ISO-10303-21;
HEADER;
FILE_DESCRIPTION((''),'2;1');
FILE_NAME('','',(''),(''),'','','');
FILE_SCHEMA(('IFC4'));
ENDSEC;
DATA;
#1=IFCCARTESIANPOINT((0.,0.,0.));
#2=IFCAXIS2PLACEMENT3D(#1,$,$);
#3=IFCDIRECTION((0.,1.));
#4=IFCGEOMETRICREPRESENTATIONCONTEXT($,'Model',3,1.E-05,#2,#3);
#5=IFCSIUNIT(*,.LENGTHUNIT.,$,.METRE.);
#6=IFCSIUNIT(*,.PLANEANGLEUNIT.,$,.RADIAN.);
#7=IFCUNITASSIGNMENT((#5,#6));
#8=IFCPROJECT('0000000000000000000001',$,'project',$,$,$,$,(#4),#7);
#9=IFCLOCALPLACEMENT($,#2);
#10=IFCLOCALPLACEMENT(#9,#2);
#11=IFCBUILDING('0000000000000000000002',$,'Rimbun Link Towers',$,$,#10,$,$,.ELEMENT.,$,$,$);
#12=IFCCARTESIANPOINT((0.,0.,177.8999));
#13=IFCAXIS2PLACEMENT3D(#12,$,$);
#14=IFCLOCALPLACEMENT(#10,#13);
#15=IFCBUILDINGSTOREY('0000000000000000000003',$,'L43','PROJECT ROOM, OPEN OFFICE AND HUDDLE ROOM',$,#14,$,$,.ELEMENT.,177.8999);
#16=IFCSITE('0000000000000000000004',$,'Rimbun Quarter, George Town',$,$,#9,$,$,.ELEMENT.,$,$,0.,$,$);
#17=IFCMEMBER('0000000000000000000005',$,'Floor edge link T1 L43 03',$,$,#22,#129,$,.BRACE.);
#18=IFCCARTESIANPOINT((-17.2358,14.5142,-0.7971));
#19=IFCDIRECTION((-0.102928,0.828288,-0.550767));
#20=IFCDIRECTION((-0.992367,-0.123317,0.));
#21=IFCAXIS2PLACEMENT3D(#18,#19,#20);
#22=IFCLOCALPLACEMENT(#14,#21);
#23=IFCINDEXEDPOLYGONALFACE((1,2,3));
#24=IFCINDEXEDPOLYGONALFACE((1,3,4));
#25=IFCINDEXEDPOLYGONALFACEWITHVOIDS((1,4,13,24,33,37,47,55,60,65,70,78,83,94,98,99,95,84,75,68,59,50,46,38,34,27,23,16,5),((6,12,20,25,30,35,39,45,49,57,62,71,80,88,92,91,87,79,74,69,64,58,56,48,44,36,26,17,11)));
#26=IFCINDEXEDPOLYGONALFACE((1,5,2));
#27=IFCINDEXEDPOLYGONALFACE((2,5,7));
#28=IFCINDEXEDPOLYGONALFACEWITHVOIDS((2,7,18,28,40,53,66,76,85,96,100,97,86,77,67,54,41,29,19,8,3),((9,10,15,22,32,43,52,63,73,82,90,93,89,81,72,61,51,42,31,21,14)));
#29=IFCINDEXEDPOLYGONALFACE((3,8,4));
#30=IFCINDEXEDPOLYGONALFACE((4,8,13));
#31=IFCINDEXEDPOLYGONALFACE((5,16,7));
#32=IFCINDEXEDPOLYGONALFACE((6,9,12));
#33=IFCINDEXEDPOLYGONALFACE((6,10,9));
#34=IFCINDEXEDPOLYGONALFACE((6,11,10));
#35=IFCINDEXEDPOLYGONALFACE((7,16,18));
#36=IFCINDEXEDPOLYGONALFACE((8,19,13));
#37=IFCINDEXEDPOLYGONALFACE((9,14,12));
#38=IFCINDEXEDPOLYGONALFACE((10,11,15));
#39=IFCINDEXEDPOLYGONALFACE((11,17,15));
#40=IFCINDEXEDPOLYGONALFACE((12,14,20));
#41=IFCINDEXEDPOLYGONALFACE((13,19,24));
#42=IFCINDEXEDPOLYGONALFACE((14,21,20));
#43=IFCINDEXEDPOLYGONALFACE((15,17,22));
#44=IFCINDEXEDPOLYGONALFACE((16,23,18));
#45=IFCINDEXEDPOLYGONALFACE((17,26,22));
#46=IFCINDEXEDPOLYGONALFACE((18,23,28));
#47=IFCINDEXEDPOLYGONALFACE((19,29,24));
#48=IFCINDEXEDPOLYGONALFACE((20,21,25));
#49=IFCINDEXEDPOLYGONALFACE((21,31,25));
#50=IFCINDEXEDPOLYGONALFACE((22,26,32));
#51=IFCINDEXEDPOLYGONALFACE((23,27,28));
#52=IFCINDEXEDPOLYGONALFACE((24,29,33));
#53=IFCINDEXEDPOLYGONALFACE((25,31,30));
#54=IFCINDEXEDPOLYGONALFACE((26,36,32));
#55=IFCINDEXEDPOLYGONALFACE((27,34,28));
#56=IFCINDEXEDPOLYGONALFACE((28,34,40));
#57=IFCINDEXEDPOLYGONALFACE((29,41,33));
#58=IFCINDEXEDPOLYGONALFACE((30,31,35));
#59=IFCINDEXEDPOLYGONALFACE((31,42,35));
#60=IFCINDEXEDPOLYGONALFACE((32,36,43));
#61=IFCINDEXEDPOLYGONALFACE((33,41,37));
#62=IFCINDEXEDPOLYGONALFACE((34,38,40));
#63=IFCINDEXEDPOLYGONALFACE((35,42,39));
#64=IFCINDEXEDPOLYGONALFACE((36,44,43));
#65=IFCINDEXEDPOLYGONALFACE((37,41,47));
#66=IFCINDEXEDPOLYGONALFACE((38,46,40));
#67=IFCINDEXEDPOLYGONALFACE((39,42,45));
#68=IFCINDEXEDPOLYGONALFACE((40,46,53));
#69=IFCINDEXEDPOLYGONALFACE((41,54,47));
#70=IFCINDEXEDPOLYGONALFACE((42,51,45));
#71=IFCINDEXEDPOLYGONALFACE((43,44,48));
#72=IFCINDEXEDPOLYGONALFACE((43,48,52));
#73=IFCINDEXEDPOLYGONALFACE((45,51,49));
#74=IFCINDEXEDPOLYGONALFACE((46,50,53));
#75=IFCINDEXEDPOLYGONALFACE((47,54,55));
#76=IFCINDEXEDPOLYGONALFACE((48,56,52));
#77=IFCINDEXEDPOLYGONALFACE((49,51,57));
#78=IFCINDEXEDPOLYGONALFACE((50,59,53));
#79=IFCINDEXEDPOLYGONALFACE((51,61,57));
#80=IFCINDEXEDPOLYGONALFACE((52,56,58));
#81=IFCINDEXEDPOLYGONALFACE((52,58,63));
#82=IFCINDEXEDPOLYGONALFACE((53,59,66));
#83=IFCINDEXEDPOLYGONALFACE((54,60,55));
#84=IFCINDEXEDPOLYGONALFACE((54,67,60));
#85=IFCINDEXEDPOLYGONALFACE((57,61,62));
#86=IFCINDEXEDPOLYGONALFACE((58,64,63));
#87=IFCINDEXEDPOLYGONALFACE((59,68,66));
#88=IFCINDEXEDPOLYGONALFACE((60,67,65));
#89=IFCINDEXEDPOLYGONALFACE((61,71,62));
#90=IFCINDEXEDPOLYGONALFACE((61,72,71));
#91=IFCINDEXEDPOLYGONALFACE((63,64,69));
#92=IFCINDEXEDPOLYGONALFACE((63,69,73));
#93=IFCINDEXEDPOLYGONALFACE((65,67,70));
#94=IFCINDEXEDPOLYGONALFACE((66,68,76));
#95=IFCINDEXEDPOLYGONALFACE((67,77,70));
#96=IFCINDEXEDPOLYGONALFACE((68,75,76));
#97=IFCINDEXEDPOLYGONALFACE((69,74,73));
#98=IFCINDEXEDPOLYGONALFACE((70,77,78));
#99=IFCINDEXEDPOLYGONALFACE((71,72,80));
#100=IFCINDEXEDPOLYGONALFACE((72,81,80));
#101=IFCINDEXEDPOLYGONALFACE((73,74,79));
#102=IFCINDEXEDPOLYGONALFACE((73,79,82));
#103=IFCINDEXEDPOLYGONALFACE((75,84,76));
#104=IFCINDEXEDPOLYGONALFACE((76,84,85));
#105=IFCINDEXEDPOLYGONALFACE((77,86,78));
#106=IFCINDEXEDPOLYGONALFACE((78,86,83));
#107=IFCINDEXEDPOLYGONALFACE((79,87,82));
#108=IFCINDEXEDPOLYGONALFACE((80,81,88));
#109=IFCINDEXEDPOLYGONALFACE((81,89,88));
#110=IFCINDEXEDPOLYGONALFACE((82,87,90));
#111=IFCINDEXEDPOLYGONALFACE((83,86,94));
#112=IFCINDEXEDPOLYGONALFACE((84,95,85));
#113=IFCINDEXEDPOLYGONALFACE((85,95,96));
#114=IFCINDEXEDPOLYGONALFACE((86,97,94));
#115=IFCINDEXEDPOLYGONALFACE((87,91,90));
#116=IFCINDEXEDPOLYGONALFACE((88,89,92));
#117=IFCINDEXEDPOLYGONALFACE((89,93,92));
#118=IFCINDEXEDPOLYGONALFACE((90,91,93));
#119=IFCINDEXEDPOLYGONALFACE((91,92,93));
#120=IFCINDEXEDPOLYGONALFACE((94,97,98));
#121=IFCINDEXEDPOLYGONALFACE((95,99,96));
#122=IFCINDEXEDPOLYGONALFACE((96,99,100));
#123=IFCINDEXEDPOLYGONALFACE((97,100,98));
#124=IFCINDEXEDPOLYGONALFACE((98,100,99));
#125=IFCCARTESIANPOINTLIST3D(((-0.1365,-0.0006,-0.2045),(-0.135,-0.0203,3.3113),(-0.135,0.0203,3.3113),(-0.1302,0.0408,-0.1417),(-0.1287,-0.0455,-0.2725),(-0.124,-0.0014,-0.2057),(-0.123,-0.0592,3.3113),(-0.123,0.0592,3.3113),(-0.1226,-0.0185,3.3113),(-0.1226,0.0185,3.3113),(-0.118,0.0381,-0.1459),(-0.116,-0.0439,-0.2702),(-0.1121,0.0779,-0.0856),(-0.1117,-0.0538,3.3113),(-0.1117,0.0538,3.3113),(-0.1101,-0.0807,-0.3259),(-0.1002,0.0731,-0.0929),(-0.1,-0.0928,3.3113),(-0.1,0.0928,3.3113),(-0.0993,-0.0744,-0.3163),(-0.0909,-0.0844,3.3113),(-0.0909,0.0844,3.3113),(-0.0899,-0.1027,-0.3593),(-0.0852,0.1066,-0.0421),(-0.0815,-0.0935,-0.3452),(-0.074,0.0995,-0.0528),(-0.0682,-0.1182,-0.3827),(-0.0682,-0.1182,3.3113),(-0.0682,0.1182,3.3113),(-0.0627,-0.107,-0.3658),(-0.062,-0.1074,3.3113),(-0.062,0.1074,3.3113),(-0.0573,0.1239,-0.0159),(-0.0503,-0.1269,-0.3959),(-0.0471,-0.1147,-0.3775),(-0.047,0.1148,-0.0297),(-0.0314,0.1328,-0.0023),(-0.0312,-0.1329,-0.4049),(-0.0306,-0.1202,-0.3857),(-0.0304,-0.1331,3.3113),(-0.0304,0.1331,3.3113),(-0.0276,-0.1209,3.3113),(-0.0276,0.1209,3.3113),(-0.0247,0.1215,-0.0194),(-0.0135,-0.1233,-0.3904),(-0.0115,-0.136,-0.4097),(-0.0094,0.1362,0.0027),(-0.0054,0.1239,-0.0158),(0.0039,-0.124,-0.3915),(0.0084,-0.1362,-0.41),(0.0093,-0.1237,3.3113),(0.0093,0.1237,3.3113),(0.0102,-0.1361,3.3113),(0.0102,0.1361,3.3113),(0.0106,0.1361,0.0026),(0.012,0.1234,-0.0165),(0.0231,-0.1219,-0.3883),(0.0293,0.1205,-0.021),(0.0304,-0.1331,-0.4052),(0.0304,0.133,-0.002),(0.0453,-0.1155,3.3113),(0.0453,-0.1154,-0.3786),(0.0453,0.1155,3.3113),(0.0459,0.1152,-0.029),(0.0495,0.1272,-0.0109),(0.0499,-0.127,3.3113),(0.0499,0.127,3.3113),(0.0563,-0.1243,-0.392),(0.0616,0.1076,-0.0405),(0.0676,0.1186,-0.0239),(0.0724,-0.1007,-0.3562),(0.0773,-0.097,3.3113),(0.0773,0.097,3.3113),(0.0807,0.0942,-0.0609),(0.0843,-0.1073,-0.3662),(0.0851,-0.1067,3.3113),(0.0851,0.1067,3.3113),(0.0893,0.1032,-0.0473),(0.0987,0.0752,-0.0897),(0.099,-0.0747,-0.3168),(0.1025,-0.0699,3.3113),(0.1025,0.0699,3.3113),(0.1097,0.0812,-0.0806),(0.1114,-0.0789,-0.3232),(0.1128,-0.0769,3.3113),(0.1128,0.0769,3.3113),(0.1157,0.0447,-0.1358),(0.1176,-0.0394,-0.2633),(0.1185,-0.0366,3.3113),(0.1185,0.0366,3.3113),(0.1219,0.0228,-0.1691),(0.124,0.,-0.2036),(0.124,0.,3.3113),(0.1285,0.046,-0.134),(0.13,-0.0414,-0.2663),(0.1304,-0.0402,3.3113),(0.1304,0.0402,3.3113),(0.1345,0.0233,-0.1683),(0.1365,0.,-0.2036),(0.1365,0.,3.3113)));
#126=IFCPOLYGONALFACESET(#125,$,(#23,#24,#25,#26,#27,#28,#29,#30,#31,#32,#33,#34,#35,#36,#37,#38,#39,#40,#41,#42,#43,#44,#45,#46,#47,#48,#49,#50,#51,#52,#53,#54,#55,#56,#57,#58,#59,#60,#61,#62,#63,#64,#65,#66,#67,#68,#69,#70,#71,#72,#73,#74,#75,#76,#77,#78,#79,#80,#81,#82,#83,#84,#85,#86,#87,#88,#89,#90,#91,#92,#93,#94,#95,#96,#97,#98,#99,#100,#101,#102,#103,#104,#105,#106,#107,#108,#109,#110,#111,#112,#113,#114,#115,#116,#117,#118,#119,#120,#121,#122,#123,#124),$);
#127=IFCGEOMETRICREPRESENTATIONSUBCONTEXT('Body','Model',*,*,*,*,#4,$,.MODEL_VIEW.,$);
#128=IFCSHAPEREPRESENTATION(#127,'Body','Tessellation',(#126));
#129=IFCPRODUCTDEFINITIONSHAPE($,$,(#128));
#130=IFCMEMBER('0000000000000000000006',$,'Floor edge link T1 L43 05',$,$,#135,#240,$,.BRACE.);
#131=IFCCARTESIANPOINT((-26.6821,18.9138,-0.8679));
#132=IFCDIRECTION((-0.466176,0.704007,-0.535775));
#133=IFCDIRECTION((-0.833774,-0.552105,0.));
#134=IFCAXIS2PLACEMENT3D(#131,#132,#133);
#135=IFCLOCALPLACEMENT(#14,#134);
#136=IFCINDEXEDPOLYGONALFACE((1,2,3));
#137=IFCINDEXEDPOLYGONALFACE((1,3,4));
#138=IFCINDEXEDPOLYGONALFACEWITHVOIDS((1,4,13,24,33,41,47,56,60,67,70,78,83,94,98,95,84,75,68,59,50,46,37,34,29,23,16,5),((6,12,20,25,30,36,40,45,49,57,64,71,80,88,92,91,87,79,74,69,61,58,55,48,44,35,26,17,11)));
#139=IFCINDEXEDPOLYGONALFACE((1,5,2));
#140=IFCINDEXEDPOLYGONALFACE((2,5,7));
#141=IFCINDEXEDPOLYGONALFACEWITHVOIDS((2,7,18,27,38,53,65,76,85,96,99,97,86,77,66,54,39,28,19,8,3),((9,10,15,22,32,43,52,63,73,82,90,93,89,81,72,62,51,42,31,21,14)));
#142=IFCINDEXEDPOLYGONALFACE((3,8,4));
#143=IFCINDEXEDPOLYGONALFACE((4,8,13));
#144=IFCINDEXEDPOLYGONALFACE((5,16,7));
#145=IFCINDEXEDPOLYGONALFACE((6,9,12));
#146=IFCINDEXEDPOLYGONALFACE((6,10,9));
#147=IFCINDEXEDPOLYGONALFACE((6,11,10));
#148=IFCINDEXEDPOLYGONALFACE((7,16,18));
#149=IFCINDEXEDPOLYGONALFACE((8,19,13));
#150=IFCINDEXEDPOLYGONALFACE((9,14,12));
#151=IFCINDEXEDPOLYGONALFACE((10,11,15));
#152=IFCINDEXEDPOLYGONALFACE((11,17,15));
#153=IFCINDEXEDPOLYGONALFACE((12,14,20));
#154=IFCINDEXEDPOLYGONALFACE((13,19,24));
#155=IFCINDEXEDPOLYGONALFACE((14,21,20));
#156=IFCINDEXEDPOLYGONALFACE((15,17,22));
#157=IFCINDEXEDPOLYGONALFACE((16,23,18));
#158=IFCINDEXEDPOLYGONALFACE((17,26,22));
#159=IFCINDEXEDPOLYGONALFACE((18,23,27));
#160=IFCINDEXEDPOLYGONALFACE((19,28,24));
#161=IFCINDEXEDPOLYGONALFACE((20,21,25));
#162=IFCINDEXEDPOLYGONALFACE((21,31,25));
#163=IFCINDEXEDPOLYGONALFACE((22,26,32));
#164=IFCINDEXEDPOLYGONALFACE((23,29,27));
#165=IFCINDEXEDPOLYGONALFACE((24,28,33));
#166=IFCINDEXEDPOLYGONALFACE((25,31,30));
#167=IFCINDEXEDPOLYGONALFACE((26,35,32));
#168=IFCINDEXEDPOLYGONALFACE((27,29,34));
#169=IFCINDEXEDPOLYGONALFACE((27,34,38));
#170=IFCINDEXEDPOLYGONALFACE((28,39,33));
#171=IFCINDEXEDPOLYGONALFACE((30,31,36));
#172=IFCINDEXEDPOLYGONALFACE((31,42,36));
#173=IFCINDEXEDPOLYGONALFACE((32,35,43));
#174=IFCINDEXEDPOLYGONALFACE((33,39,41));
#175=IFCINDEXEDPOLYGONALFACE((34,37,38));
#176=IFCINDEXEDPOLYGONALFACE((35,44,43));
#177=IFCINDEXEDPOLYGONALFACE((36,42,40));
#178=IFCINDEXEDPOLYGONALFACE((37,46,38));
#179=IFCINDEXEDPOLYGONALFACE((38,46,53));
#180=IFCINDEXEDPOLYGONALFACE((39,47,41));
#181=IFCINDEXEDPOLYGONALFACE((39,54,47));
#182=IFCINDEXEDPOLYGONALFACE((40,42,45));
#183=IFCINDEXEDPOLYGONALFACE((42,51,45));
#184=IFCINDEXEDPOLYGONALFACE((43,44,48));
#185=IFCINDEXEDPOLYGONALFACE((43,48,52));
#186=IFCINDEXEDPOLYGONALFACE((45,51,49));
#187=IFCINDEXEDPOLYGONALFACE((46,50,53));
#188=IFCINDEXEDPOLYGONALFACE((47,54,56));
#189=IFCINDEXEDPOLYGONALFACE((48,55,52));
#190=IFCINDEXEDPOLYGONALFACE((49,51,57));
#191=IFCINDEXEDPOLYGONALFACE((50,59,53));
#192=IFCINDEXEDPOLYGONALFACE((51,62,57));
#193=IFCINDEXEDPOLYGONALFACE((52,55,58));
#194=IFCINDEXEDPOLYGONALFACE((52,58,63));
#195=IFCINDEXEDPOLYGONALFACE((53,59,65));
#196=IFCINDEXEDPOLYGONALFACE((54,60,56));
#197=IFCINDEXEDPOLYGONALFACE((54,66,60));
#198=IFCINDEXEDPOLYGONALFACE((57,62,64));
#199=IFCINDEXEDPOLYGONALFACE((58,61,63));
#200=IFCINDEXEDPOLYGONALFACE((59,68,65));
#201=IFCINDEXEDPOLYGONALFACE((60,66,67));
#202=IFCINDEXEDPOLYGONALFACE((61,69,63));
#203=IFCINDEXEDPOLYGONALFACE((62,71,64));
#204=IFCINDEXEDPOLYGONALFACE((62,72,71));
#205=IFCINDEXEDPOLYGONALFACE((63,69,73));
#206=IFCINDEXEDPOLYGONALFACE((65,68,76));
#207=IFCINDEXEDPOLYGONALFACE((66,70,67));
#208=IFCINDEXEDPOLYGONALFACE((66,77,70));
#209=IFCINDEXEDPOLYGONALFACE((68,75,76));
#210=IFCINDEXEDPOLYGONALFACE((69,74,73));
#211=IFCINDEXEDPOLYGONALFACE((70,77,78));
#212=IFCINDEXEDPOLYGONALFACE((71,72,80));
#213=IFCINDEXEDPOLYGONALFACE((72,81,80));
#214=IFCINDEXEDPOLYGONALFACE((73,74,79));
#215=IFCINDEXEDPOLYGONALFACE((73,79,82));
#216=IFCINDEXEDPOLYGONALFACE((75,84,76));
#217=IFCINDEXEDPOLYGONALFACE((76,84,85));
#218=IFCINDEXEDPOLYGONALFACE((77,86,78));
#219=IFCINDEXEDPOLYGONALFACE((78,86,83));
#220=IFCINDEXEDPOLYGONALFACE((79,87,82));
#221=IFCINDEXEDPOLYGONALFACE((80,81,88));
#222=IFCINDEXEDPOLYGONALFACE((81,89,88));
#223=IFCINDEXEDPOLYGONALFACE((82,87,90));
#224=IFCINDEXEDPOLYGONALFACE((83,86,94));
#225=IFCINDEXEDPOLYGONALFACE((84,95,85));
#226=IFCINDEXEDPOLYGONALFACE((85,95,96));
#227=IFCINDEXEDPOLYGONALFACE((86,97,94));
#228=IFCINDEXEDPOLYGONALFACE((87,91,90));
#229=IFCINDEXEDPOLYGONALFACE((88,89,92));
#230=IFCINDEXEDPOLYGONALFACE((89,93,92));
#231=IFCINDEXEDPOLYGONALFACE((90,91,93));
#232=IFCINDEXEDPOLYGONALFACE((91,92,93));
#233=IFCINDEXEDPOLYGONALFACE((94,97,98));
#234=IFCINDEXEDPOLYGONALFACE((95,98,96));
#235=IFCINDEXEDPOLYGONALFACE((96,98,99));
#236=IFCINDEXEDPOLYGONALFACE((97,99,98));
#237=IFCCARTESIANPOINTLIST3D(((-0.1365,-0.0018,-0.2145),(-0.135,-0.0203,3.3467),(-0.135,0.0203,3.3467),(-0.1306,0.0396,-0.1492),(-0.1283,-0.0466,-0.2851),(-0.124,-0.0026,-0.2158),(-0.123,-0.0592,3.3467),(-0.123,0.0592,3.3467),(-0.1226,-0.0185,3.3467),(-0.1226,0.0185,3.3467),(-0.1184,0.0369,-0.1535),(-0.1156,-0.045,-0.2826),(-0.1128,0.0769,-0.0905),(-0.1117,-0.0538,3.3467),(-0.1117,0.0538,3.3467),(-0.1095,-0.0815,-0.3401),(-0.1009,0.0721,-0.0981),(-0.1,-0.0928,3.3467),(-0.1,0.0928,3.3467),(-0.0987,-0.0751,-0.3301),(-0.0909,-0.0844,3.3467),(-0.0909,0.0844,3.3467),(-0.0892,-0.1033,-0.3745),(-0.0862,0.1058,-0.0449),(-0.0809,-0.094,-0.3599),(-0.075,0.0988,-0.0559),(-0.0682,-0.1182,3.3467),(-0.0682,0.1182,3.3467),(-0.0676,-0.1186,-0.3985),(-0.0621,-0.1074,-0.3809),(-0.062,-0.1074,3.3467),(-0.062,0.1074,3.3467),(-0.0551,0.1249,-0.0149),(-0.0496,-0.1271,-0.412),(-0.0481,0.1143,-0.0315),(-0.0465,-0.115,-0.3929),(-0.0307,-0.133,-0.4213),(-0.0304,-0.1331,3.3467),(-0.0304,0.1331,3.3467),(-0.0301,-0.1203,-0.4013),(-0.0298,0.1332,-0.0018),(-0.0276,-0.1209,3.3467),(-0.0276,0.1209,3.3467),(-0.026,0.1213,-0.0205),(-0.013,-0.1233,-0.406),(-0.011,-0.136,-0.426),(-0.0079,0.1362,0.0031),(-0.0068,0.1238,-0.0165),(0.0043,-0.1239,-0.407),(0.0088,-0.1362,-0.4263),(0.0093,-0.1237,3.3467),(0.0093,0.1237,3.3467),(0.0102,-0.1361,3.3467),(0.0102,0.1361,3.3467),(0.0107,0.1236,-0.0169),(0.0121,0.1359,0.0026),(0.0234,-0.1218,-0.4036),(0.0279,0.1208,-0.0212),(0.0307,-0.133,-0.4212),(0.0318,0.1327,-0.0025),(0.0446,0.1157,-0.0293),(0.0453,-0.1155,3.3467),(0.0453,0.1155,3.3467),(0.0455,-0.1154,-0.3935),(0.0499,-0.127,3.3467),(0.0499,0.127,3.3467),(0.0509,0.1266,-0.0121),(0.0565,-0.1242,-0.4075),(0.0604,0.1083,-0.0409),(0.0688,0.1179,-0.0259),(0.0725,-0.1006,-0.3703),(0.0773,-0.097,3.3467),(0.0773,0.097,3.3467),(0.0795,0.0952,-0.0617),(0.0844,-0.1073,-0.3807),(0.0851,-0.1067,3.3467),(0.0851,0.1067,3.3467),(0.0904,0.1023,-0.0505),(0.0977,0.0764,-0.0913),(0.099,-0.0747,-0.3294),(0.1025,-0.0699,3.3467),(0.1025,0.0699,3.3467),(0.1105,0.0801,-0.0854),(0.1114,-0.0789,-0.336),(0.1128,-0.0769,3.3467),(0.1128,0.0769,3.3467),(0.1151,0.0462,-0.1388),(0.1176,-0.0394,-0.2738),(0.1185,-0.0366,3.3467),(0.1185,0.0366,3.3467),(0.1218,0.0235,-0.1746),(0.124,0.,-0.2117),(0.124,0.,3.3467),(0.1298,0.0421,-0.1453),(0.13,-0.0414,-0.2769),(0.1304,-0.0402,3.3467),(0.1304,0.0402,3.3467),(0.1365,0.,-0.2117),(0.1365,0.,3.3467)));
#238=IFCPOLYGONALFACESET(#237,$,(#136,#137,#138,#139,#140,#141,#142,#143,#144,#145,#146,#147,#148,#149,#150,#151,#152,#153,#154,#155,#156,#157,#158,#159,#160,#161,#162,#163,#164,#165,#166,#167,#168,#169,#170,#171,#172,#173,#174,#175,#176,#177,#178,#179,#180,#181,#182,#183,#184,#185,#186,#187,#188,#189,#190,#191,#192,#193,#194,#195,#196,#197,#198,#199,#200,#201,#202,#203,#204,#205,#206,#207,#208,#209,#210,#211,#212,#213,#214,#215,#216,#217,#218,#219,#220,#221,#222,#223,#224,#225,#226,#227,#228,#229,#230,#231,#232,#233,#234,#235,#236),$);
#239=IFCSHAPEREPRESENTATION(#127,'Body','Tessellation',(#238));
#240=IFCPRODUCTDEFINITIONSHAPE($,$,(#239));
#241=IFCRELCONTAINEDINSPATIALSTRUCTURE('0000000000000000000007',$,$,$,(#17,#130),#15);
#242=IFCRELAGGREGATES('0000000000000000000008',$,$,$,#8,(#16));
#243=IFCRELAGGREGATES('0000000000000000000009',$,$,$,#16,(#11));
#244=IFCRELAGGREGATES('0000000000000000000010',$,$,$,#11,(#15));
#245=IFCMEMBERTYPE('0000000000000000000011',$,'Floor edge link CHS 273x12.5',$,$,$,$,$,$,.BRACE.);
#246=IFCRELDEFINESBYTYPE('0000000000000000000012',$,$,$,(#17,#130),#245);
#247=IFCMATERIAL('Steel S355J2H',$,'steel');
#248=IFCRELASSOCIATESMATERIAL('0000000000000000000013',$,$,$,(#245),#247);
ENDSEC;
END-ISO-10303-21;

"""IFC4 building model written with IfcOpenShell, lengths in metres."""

from ifc_helpers import new_model, si_unit, direction, frame, origin, origin_2d, place, context, subcontext, project, spatial, hollow_circle, extrude, clip, halfspace, material, material_profile, profile_set, type_object, element, save


model = new_model("IFC4")

# Units and contexts
model_context = context("Model", 3, precision=1e-05, world=origin(), true_north=direction((0.0, 1.0)))
body_context = subcontext(model_context, "Body", "Model", "MODEL_VIEW")
ifc_project = project(units=[si_unit("LENGTHUNIT", "METRE"), si_unit("PLANEANGLEUNIT", "RADIAN")], contexts=[model_context])

# Site, building, storey
site_placement = place(None, origin())
site = spatial("IfcSite", under=ifc_project, at=site_placement, Name="Rimbun Quarter, George Town", CompositionType="ELEMENT", RefElevation=0.0)
building_placement = place(site_placement, origin())
building = spatial("IfcBuilding", under=site, at=building_placement, Name="Rimbun Link Towers", CompositionType="ELEMENT")
storey_placement = place(building_placement, frame((0.0, 0.0, 177.8999)))
storey = spatial("IfcBuildingStorey", under=building, at=storey_placement, Name="L43", Description="PROJECT ROOM, OPEN OFFICE AND HUDDLE ROOM", CompositionType="ELEMENT", Elevation=177.8999)

# Members
ifc_material_1 = material(Name="Steel S355J2H", Category="steel")
ifc_material_profile_1 = material_profile(ifc_material_1, hollow_circle(Radius=0.1365, WallThickness=0.0125, at=origin_2d()), Name="CHS 273x12.5")
ifc_profile_set_1 = profile_set([ifc_material_profile_1], Name="Steel S355J2H")
member_type_1 = type_object("IfcMemberType", Name="Floor edge link CHS 273x12.5", PredefinedType="BRACE", material=ifc_profile_set_1)
member_1_placement = place(storey_placement, frame((-17.2358, 14.5142, -0.7971), z_axis=(-0.102928, 0.828288, -0.550767), x_axis=(-0.992367, -0.123317, 0.0)))
element("IfcMember", 1, at=member_1_placement, inside=storey, type_object=member_type_1, Name="Floor edge link T1 L43 03", PredefinedType="BRACE", context=body_context, shape_type="Clipping", body=[
    clip(extrude(hollow_circle(Radius=0.1365, WallThickness=0.0125, at=origin_2d()), frame((0.0, 0.0, -0.4319)), (0.0, 0.0, 1.0), 3.7432), halfspace(frame((0.0, 0.0, -0.2036), z_axis=(0.0, 0.834659, -0.550767)), False)),
])
member_2_placement = place(storey_placement, frame((-26.6821, 18.9138, -0.8679), z_axis=(-0.466176, 0.704007, -0.535775), x_axis=(-0.833774, -0.552105, 0.0)))
element("IfcMember", 2, at=member_2_placement, inside=storey, type_object=member_type_1, Name="Floor edge link T1 L43 05", PredefinedType="BRACE", context=body_context, shape_type="Clipping", body=[
    clip(extrude(hollow_circle(Radius=0.1365, WallThickness=0.0125, at=origin_2d()), frame((0.0, 0.0, -0.4487)), (0.0, 0.0, 1.0), 3.7954), halfspace(frame((0.0, 0.0, -0.2117), z_axis=(0.0, 0.844361, -0.535775)), False)),
])

save(model, "model.ifc")
